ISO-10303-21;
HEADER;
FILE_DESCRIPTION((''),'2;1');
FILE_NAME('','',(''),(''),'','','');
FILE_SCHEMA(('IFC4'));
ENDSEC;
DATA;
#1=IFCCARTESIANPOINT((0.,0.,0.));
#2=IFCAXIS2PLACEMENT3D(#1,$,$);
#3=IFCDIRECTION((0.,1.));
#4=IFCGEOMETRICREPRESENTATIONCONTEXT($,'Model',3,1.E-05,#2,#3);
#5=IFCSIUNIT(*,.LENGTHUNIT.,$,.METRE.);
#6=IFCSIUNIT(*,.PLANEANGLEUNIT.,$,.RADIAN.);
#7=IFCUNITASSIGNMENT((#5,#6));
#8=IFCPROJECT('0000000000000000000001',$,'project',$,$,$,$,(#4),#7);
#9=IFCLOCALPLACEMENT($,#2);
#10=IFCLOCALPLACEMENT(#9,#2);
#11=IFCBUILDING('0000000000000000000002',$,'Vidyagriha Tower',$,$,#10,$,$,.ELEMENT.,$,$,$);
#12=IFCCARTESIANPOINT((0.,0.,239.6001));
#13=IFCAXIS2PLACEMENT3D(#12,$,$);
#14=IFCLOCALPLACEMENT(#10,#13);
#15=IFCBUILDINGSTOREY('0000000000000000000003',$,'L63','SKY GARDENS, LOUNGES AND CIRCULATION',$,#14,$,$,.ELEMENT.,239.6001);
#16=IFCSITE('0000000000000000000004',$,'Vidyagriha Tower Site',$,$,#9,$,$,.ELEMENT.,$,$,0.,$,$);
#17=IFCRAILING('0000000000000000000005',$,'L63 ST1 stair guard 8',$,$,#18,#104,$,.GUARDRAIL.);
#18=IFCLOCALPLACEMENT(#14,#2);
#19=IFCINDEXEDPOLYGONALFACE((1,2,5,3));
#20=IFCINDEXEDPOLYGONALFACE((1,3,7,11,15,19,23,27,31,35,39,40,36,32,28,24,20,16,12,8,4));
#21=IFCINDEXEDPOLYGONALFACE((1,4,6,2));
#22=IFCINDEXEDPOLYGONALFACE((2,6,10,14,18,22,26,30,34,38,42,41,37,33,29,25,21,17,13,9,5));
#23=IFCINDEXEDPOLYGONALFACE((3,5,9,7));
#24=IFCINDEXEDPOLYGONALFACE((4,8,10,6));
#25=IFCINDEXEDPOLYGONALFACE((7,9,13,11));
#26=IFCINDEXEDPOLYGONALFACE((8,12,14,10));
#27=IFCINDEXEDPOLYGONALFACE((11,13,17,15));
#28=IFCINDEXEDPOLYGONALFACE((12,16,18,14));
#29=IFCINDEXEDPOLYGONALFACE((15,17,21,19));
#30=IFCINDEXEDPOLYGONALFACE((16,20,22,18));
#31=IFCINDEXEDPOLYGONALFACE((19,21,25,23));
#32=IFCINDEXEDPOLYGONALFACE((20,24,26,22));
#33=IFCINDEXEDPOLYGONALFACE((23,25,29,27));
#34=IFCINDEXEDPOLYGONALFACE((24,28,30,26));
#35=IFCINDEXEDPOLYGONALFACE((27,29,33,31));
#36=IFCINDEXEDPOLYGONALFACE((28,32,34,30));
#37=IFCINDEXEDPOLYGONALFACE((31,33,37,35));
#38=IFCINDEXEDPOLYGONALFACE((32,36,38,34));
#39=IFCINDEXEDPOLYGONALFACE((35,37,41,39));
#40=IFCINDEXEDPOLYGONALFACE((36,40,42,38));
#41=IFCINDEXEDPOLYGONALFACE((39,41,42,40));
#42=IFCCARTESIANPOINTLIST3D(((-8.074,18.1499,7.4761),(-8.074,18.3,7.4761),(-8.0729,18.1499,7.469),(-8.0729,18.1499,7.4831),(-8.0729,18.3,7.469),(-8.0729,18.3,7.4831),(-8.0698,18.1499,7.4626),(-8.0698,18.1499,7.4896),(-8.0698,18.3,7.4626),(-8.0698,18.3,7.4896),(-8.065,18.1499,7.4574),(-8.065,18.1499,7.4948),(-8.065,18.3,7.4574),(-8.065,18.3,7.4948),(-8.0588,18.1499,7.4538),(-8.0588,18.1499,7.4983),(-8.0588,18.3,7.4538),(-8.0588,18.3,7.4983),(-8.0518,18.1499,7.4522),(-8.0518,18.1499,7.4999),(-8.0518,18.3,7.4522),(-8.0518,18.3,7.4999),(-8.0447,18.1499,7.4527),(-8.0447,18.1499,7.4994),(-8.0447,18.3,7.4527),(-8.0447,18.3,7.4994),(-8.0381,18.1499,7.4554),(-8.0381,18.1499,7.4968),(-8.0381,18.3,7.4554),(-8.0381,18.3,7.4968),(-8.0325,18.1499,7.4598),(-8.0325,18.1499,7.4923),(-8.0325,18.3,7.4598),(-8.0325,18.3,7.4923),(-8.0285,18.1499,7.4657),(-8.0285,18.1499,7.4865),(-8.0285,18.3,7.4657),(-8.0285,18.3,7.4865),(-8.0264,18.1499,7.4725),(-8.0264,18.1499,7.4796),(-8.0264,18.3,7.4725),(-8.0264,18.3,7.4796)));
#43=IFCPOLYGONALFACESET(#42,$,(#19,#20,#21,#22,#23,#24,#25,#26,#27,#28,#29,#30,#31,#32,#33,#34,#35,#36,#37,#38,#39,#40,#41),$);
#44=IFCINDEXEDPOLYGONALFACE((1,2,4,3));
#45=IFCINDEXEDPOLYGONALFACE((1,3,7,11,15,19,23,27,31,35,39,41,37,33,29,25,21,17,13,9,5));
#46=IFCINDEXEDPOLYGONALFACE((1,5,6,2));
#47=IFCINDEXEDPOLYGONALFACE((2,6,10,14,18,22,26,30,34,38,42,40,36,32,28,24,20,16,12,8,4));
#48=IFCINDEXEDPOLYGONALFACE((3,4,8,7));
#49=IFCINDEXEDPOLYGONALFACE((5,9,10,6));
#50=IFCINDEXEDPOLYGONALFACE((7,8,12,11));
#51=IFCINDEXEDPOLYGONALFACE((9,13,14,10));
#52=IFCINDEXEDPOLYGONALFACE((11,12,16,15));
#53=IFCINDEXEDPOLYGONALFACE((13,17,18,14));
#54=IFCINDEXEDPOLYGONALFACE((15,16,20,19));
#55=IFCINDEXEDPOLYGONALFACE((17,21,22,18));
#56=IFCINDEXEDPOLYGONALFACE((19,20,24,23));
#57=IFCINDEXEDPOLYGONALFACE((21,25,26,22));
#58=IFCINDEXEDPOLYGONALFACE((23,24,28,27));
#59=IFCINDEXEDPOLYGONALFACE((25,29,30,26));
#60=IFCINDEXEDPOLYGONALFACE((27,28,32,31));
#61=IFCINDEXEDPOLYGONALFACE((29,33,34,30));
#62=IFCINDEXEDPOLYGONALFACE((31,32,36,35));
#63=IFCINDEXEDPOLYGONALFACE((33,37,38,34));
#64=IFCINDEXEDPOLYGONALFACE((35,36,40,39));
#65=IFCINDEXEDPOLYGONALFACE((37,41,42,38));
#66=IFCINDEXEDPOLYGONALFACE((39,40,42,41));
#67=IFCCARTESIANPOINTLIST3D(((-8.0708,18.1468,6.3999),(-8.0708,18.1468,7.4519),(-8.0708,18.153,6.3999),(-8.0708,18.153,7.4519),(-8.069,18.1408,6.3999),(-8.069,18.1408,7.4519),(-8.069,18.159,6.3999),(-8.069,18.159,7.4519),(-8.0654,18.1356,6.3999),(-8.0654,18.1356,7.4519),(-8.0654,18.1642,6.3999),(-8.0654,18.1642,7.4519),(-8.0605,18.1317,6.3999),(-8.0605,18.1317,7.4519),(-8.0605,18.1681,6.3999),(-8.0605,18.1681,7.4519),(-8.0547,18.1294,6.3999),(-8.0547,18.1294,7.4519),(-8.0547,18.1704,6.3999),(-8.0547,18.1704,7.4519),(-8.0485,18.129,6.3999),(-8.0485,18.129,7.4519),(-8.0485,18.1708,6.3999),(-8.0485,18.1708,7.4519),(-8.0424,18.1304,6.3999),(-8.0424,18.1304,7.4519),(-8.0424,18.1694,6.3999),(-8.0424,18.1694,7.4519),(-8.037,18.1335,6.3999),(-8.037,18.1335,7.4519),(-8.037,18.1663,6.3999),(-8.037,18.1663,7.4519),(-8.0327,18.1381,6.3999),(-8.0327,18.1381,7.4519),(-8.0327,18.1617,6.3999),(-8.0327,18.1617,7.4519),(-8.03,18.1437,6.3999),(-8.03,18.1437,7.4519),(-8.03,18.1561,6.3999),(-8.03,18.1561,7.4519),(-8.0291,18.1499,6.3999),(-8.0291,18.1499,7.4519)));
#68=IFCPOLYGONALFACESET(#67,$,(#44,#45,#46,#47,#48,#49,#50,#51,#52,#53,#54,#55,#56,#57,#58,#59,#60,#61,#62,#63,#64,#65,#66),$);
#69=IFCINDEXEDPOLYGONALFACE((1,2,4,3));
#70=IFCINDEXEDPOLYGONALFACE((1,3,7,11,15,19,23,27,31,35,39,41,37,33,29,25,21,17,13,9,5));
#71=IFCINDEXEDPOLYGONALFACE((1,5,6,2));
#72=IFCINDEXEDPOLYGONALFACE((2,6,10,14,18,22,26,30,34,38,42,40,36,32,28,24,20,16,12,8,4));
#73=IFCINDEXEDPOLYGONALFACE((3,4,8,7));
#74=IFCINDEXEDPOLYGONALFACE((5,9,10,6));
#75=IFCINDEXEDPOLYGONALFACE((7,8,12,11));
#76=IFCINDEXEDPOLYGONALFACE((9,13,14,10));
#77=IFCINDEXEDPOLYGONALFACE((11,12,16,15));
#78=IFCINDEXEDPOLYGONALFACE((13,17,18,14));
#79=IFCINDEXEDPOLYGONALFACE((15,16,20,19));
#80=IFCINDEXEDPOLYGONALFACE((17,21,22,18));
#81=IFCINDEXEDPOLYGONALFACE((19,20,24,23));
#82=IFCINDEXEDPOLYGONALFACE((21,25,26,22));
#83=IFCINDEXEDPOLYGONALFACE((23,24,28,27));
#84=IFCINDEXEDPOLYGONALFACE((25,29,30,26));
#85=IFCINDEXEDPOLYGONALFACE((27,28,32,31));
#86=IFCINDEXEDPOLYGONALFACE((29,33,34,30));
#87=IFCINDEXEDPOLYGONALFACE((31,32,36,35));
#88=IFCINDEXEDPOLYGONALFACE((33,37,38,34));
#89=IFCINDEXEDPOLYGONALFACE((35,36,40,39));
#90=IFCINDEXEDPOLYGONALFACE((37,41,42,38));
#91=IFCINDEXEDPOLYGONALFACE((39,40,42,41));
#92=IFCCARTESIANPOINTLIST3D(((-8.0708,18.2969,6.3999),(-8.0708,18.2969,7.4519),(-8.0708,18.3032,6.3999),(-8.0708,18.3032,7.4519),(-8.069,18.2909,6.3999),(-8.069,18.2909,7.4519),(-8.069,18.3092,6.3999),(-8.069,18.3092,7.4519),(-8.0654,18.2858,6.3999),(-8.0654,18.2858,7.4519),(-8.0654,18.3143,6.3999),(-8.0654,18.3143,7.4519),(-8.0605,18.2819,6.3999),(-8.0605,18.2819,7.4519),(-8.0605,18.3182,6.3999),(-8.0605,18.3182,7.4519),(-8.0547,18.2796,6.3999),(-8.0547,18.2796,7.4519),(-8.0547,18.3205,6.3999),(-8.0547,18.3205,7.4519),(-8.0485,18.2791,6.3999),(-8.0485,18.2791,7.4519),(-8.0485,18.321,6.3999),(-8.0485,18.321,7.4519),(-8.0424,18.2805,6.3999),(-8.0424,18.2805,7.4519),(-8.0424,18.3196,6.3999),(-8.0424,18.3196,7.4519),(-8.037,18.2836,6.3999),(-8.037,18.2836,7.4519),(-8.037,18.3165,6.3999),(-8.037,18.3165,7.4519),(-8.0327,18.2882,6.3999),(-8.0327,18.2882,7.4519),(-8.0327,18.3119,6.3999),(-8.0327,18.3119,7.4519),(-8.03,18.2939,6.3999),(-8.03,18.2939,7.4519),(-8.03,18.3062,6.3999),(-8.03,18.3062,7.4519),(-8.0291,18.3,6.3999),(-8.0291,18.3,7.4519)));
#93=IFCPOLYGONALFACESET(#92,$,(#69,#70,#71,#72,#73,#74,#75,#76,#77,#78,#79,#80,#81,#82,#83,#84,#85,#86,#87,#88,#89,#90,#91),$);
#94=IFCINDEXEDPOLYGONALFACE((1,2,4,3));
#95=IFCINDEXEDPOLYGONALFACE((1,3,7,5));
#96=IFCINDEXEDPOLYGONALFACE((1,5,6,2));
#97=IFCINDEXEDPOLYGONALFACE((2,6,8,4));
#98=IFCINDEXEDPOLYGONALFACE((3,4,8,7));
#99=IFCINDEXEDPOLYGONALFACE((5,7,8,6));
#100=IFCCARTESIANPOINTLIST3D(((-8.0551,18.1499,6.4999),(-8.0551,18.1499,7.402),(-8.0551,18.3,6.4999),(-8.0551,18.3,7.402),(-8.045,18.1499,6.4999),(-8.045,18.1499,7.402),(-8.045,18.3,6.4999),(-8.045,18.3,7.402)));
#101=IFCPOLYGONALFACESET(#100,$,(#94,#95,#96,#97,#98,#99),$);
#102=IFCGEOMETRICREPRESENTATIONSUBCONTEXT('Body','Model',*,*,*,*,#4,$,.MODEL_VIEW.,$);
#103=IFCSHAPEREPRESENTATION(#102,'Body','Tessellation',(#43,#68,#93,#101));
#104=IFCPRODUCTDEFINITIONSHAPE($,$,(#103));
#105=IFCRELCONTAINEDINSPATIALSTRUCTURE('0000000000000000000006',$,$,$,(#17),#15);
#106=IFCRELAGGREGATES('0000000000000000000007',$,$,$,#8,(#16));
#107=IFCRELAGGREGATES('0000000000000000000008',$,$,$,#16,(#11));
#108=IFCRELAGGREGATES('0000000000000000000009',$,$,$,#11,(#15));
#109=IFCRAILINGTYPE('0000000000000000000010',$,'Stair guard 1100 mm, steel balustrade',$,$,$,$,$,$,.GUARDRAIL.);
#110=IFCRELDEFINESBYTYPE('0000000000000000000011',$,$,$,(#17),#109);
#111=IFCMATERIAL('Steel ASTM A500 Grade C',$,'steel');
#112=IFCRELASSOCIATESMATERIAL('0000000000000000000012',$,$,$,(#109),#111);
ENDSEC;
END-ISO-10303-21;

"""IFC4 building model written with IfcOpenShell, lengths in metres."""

from ifc_helpers import new_model, si_unit, direction, frame, origin, origin_2d, place, context, subcontext, project, spatial, rectangle, circle, extrude, material, type_object, element, save


model = new_model("IFC4")

# Units and contexts
model_context = context("Model", 3, precision=1e-05, world=origin(), true_north=direction((0.0, 1.0)))
body_context = subcontext(model_context, "Body", "Model", "MODEL_VIEW")
ifc_project = project(units=[si_unit("LENGTHUNIT", "METRE"), si_unit("PLANEANGLEUNIT", "RADIAN")], contexts=[model_context])

# Site, building, storey
site_placement = place(None, origin())
site = spatial("IfcSite", under=ifc_project, at=site_placement, Name="Vidyagriha Tower Site", CompositionType="ELEMENT", RefElevation=0.0)
building_placement = place(site_placement, origin())
building = spatial("IfcBuilding", under=site, at=building_placement, Name="Vidyagriha Tower", CompositionType="ELEMENT")
storey_placement = place(building_placement, frame((0.0, 0.0, 239.6001)))
storey = spatial("IfcBuildingStorey", under=building, at=storey_placement, Name="L63", Description="SKY GARDENS, LOUNGES AND CIRCULATION", CompositionType="ELEMENT", Elevation=239.6001)

# Railing
ifc_material_1 = material(Name="Steel ASTM A500 Grade C", Category="steel")
railing_type_1 = type_object("IfcRailingType", Name="Stair guard 1100 mm, steel balustrade", PredefinedType="GUARDRAIL", material=ifc_material_1)
railing_1_placement = place(storey_placement, frame((-8.05, 18.1499, 6.3999)))
element("IfcRailing", 1, at=railing_1_placement, inside=storey, type_object=railing_type_1, Name="L63 ST1 stair guard 8", PredefinedType="GUARDRAIL", context=body_context, shape_type="SweptSolid", body=[
    extrude(circle(Radius=0.0239, at=origin_2d()), frame((0.0, 0.0, 1.0762), z_axis=(0.0, 1.0, 0.0), x_axis=(-1.0, 0.0, 0.0)), (0.0, 0.0, 1.0), 0.1501),
    extrude(circle(Radius=0.021, at=origin_2d()), origin(), (0.0, 0.0, 1.0), 1.052),
    extrude(circle(Radius=0.021, at=origin_2d()), frame((0.0, 0.1501, 0.0)), (0.0, 0.0, 1.0), 1.052),
    extrude(rectangle(XDim=0.01, YDim=0.9021, at=origin_2d()), frame((0.0, 0.0, 0.551), z_axis=(0.0, 1.0, 0.0), x_axis=(-1.0, 0.0, 0.0)), (0.0, 0.0, 1.0), 0.1501),
])

save(model, "model.ifc")
